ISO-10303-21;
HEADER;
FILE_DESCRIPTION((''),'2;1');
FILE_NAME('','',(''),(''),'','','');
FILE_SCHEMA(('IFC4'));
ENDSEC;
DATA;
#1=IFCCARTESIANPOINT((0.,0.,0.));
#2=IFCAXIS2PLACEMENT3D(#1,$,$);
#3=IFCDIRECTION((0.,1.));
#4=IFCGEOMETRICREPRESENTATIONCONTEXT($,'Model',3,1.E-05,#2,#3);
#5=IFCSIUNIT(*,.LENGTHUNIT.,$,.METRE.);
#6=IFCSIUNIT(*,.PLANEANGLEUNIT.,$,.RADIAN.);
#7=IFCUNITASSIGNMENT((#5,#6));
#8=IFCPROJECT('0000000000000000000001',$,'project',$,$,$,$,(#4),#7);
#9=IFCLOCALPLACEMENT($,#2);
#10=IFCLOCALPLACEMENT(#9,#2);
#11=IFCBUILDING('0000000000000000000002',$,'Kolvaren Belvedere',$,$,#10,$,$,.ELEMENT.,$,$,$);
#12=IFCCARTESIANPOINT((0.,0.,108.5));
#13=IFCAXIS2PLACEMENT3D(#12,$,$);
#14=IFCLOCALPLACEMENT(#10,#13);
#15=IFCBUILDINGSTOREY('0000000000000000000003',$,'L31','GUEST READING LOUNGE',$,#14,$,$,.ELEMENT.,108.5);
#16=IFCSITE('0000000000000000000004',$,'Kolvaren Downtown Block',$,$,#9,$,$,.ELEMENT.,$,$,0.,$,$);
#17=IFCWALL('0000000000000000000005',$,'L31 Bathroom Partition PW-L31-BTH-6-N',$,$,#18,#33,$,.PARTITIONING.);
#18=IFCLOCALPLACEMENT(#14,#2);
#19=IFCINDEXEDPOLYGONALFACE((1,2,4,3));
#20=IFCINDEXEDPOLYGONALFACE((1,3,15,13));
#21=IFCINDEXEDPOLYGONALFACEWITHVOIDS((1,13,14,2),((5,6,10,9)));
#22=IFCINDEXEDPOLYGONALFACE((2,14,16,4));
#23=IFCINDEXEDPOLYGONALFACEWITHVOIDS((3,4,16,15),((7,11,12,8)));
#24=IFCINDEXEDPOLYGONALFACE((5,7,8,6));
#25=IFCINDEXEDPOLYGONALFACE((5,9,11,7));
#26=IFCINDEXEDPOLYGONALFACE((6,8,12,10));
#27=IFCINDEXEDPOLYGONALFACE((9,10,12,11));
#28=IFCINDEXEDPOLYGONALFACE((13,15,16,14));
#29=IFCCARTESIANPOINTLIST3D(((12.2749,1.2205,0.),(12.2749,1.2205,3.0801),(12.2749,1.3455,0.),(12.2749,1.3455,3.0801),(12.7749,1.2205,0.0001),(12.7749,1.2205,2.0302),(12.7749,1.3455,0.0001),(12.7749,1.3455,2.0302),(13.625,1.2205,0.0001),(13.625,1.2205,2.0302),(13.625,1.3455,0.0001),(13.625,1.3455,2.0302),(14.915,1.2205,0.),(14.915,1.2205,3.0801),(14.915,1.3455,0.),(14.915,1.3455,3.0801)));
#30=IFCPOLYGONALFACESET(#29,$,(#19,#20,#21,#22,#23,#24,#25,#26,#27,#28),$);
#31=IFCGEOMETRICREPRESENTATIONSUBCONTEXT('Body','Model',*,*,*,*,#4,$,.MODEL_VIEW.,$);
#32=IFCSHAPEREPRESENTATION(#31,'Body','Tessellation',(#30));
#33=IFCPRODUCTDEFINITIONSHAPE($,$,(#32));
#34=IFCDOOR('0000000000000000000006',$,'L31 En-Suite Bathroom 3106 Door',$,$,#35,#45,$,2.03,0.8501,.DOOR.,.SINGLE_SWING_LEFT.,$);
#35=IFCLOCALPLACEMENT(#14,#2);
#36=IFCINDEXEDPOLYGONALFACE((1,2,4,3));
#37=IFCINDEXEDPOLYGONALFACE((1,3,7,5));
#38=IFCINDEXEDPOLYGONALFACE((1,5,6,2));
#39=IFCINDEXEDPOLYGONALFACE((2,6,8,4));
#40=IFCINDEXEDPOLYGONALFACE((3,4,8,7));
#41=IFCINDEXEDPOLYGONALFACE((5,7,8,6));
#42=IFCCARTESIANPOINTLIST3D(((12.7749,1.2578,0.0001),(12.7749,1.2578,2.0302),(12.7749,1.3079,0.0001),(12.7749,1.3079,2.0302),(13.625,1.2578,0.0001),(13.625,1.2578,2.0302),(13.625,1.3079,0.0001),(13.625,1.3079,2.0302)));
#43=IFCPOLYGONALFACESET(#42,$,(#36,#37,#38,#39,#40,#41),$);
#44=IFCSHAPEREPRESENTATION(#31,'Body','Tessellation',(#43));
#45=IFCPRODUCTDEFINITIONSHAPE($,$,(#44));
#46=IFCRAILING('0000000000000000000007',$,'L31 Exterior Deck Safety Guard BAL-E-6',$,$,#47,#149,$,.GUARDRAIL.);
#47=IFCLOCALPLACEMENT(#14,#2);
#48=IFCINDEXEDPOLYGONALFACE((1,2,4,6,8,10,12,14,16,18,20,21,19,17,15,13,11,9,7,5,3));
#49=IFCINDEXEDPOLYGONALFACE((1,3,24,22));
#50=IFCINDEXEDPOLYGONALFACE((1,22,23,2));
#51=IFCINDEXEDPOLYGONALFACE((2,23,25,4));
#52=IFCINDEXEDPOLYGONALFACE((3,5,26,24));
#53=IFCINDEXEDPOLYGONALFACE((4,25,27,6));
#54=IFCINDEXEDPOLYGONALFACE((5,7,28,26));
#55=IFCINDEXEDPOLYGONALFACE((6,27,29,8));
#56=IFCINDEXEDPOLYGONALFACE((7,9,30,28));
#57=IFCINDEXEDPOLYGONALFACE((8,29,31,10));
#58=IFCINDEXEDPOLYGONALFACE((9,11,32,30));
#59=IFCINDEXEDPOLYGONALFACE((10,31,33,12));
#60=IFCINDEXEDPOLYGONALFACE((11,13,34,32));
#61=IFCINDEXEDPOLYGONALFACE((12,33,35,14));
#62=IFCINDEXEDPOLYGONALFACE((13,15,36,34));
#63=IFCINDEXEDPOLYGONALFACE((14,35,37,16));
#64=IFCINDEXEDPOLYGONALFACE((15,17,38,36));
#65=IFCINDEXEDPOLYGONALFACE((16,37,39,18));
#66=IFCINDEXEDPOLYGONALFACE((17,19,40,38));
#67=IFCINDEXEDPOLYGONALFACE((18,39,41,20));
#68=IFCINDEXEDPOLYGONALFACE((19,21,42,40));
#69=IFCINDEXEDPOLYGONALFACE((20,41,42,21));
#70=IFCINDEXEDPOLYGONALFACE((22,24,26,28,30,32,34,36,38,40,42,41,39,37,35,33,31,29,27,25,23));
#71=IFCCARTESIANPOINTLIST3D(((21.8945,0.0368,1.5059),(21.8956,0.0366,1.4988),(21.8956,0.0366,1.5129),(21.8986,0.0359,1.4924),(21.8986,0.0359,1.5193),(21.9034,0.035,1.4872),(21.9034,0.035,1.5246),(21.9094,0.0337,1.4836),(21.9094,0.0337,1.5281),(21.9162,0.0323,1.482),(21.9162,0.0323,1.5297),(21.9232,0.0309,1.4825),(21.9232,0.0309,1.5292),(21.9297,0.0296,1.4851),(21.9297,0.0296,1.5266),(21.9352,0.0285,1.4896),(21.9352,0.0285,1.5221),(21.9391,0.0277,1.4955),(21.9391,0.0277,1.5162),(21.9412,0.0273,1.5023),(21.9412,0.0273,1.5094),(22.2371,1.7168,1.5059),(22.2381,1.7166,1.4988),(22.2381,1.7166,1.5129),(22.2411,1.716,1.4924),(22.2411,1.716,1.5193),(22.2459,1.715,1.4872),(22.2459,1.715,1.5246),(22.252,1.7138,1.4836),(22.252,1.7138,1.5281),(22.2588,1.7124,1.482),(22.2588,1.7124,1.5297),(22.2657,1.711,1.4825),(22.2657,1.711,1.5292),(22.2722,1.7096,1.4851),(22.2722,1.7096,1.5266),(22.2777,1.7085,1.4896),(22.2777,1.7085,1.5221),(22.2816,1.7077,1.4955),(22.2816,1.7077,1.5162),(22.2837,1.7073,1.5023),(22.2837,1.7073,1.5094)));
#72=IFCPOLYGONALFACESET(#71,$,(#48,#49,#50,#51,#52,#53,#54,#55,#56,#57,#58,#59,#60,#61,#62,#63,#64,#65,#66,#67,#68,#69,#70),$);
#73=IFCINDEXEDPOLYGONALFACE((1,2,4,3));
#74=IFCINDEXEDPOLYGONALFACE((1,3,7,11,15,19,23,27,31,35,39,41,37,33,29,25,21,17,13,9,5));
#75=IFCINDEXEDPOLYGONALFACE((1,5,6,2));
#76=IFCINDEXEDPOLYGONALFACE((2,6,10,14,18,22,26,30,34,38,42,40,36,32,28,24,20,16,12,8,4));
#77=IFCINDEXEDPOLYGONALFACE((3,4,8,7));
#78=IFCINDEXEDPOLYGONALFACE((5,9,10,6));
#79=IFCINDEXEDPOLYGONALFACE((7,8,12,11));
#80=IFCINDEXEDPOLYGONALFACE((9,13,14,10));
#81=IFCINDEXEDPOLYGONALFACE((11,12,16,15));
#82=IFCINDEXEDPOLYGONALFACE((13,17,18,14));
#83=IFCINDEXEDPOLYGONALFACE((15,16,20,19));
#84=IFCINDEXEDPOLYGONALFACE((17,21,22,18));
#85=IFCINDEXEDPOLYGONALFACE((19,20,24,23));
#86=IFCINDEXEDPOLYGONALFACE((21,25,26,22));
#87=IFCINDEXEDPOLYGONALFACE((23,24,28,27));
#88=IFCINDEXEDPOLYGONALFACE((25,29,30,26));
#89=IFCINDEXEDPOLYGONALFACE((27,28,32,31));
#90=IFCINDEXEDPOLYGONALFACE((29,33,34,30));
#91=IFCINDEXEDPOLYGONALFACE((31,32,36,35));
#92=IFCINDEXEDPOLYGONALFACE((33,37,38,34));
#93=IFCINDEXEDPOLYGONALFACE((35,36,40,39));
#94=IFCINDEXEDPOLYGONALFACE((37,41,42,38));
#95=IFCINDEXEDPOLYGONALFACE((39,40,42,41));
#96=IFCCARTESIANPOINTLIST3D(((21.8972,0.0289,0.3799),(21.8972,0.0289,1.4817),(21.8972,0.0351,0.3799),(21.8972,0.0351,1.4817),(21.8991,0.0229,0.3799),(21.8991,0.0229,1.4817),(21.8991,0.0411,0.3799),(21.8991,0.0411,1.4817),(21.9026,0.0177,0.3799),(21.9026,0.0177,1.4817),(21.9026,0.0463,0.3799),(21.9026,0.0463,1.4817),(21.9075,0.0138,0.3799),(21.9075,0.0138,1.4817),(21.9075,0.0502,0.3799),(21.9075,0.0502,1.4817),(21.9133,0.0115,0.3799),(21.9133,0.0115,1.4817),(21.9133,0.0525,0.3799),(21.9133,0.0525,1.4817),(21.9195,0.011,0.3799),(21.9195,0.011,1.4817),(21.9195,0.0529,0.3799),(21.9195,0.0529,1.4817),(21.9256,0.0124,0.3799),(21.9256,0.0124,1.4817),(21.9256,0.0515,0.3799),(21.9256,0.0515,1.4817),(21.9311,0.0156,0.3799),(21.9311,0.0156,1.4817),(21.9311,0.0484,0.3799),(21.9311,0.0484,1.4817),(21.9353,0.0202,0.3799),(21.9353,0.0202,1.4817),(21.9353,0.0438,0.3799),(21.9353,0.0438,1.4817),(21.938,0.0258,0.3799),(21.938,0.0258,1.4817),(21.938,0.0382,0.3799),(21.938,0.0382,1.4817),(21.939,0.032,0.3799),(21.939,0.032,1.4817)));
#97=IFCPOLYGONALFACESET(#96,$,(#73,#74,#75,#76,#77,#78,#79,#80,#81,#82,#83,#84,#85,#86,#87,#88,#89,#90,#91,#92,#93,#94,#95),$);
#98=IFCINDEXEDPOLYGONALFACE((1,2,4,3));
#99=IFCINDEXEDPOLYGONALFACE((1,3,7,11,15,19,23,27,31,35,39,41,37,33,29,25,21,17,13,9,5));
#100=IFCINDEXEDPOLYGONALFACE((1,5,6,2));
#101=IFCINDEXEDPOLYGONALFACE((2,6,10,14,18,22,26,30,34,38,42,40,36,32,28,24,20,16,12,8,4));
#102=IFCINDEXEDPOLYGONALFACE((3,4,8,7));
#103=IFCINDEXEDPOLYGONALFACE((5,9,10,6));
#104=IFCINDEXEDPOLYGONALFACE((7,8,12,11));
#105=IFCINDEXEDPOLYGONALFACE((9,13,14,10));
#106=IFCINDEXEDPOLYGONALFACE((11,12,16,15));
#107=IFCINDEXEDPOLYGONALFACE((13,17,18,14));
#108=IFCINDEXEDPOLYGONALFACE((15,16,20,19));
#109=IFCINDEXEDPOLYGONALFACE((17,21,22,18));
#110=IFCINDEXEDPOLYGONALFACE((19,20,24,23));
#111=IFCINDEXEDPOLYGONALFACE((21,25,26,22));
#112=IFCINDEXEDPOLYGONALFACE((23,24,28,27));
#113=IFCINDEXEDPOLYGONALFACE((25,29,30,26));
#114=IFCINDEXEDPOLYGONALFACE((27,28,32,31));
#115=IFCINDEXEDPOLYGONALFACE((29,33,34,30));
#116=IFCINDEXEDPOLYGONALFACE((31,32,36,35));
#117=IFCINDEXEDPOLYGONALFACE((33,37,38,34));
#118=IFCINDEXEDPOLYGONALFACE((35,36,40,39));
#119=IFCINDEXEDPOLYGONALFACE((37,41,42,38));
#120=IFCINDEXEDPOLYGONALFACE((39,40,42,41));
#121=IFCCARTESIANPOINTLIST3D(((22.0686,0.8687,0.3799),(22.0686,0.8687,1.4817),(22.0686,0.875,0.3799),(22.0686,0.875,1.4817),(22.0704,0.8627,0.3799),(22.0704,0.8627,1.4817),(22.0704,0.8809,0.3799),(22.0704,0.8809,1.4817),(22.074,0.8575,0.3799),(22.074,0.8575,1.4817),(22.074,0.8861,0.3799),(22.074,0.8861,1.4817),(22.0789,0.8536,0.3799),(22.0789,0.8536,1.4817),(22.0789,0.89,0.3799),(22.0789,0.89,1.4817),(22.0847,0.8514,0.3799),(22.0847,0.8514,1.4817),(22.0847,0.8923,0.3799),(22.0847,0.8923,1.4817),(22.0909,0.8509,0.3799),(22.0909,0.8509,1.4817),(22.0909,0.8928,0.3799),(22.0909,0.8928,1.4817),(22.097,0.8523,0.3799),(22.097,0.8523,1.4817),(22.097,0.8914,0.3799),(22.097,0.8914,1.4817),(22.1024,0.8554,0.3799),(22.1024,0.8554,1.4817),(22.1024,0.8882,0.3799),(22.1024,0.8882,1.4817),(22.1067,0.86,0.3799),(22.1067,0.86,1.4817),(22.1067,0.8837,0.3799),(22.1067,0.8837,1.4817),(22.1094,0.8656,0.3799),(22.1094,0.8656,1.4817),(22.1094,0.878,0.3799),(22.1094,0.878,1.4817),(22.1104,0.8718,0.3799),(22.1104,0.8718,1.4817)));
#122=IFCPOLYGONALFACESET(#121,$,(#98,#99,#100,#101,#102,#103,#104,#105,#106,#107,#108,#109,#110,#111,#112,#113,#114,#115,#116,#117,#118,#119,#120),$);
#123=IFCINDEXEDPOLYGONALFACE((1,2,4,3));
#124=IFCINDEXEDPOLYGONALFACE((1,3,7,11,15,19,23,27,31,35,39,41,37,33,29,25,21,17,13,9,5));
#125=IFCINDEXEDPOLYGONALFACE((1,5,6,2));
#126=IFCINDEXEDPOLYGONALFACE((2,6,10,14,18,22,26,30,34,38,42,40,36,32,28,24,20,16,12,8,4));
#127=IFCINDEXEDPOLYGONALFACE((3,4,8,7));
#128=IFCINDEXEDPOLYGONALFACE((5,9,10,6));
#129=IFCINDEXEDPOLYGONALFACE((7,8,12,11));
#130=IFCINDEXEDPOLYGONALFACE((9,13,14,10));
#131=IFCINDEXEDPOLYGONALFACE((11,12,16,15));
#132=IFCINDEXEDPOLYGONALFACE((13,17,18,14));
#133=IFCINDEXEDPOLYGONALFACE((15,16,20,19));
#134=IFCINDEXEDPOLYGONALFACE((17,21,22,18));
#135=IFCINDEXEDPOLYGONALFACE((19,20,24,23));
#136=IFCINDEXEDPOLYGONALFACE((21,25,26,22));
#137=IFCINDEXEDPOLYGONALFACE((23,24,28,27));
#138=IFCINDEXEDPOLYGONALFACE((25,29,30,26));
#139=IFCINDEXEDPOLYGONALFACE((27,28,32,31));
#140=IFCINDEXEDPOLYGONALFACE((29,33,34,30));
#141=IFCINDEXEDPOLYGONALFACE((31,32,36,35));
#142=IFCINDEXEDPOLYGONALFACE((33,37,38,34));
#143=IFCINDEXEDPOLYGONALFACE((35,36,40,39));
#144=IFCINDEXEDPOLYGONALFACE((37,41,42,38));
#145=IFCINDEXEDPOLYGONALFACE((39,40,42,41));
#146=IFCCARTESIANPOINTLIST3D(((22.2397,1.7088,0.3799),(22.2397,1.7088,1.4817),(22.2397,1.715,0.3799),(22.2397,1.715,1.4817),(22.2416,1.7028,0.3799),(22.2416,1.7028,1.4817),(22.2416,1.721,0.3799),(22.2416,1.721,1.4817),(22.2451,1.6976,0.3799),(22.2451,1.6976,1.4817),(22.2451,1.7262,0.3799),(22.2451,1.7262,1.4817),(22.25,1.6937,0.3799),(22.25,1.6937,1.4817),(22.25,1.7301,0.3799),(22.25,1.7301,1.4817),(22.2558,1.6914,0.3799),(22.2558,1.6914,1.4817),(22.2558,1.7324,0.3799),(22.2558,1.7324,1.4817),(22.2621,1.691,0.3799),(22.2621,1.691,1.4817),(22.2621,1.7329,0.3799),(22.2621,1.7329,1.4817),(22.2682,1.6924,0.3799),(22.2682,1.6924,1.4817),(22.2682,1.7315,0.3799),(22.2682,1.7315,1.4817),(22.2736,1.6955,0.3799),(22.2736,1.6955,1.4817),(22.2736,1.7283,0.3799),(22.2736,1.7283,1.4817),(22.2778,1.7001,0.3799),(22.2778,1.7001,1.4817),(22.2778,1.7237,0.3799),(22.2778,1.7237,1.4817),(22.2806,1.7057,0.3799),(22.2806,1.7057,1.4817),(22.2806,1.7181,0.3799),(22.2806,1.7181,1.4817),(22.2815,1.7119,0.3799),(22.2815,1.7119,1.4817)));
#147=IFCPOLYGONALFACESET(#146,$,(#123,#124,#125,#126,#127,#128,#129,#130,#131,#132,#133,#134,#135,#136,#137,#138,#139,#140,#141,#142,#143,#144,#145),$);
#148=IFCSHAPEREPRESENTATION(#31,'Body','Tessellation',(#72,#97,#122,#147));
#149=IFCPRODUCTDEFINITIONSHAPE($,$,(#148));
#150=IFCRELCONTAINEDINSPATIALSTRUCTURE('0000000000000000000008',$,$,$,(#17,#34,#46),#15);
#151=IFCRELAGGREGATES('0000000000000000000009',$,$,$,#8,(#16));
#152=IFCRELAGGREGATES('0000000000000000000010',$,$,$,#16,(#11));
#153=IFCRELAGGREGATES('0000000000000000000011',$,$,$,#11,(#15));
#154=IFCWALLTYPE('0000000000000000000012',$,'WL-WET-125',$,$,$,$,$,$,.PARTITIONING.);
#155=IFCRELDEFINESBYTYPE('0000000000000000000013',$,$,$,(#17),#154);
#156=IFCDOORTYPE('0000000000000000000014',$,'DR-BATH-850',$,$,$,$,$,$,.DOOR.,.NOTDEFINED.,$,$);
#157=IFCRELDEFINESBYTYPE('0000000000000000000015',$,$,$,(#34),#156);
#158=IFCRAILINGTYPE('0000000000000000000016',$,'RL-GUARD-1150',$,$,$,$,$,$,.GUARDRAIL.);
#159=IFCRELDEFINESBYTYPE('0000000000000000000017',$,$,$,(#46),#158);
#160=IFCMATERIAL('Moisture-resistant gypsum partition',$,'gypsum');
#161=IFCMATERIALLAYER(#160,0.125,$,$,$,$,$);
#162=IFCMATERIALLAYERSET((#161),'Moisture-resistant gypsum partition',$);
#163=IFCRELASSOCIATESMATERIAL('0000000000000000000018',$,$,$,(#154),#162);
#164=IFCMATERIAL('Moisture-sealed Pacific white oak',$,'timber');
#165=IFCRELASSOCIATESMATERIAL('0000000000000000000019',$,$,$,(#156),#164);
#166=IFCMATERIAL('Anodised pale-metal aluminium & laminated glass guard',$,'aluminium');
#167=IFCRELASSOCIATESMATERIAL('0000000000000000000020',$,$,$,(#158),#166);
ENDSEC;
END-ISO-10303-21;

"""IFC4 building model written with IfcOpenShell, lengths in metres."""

from ifc_helpers import new_model, si_unit, direction, frame, frame_2d, origin, origin_2d, place, context, subcontext, project, spatial, rectangle, circle, extrude, material, layer, layer_set, type_object, element, fill, save


model = new_model("IFC4")

# Units and contexts
model_context = context("Model", 3, precision=1e-05, world=origin(), true_north=direction((0.0, 1.0)))
body_context = subcontext(model_context, "Body", "Model", "MODEL_VIEW")
ifc_project = project(units=[si_unit("LENGTHUNIT", "METRE"), si_unit("PLANEANGLEUNIT", "RADIAN")], contexts=[model_context])

# Site, building, storey
site_placement = place(None, origin())
site = spatial("IfcSite", under=ifc_project, at=site_placement, Name="Kolvaren Downtown Block", CompositionType="ELEMENT", RefElevation=0.0)
building_placement = place(site_placement, origin())
building = spatial("IfcBuilding", under=site, at=building_placement, Name="Kolvaren Belvedere", CompositionType="ELEMENT")
storey_placement = place(building_placement, frame((0.0, 0.0, 108.5)))
storey = spatial("IfcBuildingStorey", under=building, at=storey_placement, Name="L31", Description="GUEST READING LOUNGE", CompositionType="ELEMENT", Elevation=108.5)

# Wall, opening, door
ifc_material_1 = material(Name="Moisture-resistant gypsum partition", Category="gypsum")
ifc_layer_1 = layer(ifc_material_1, 0.125)
ifc_layer_set_1 = layer_set([ifc_layer_1], Name="Moisture-resistant gypsum partition")
wall_type_1 = type_object("IfcWallType", Name="WL-WET-125", PredefinedType="PARTITIONING", material=ifc_layer_set_1)
wall_1_placement = place(storey_placement, frame((12.2749, 1.283, 0.0), z_axis=(0.0, 0.0, 1.0), x_axis=(1.0, 0.0, 0.0)))
wall_1 = element("IfcWall", 1, at=wall_1_placement, inside=storey, type_object=wall_type_1, Name="L31 Bathroom Partition PW-L31-BTH-6-N", PredefinedType="PARTITIONING", context=body_context, shape_type="SweptSolid", body=[
    extrude(rectangle(XDim=2.6401, YDim=0.125, at=frame_2d((1.3201, 0.0))), origin(), (0.0, 0.0, 1.0), 3.0801),
])
opening_1_placement = place(wall_1_placement, frame((0.5, 0.0, 0.0)))
opening_1 = element("IfcOpeningElement", 2, at=opening_1_placement, cuts=wall_1, PredefinedType="OPENING", context=body_context, shape_type="SweptSolid", body=[
    extrude(rectangle(XDim=0.8501, YDim=2.03, at=frame_2d((0.425, 1.0151))), frame((0.0, 0.0725, 0.0), z_axis=(0.0, -1.0, 0.0), x_axis=(1.0, 0.0, 0.0)), (0.0, 0.0, 1.0), 0.145),
])
ifc_material_2 = material(Name="Moisture-sealed Pacific white oak", Category="timber")
door_type_1 = type_object("IfcDoorType", Name="DR-BATH-850", OperationType="NOTDEFINED", PredefinedType="DOOR", material=ifc_material_2)
door_1_placement = place(opening_1_placement, origin())
door_1 = element("IfcDoor", 3, at=door_1_placement, inside=storey, type_object=door_type_1, Name="L31 En-Suite Bathroom 3106 Door", OperationType="SINGLE_SWING_LEFT", OverallHeight=2.03, OverallWidth=0.8501, PredefinedType="DOOR", context=body_context, shape_type="SweptSolid", body=[
    extrude(rectangle(XDim=0.8501, YDim=2.03, at=frame_2d((0.425, 1.0151))), frame((0.0, 0.0249, 0.0), z_axis=(0.0, -1.0, 0.0), x_axis=(1.0, 0.0, 0.0)), (0.0, 0.0, 1.0), 0.05),
])
fill(opening_1, door_1)

# Railing
ifc_material_3 = material(Name="Anodised pale-metal aluminium & laminated glass guard", Category="aluminium")
railing_type = type_object("IfcRailingType", Name="RL-GUARD-1150", PredefinedType="GUARDRAIL", material=ifc_material_3)
railing_1_placement = place(storey_placement, frame((21.918, 0.032, 0.3799)))
element("IfcRailing", 4, at=railing_1_placement, inside=storey, type_object=railing_type, Name="L31 Exterior Deck Safety Guard BAL-E-6", PredefinedType="GUARDRAIL", context=body_context, shape_type="SweptSolid", body=[
    extrude(circle(Radius=0.0239, at=origin_2d()), frame((0.0, 0.0, 1.126), z_axis=(0.199784, 0.97984, 0.0), x_axis=(-0.97984, 0.199784, 0.0)), (0.0, 0.0, 1.0), 1.7146),
    extrude(circle(Radius=0.021, at=origin_2d()), origin(), (0.0, 0.0, 1.0), 1.1018),
    extrude(circle(Radius=0.021, at=origin_2d()), frame((0.1714, 0.8398, 0.0)), (0.0, 0.0, 1.0), 1.1018),
    extrude(circle(Radius=0.021, at=origin_2d()), frame((0.3425, 1.6799, 0.0)), (0.0, 0.0, 1.0), 1.1018),
])

save(model, "model.ifc")
